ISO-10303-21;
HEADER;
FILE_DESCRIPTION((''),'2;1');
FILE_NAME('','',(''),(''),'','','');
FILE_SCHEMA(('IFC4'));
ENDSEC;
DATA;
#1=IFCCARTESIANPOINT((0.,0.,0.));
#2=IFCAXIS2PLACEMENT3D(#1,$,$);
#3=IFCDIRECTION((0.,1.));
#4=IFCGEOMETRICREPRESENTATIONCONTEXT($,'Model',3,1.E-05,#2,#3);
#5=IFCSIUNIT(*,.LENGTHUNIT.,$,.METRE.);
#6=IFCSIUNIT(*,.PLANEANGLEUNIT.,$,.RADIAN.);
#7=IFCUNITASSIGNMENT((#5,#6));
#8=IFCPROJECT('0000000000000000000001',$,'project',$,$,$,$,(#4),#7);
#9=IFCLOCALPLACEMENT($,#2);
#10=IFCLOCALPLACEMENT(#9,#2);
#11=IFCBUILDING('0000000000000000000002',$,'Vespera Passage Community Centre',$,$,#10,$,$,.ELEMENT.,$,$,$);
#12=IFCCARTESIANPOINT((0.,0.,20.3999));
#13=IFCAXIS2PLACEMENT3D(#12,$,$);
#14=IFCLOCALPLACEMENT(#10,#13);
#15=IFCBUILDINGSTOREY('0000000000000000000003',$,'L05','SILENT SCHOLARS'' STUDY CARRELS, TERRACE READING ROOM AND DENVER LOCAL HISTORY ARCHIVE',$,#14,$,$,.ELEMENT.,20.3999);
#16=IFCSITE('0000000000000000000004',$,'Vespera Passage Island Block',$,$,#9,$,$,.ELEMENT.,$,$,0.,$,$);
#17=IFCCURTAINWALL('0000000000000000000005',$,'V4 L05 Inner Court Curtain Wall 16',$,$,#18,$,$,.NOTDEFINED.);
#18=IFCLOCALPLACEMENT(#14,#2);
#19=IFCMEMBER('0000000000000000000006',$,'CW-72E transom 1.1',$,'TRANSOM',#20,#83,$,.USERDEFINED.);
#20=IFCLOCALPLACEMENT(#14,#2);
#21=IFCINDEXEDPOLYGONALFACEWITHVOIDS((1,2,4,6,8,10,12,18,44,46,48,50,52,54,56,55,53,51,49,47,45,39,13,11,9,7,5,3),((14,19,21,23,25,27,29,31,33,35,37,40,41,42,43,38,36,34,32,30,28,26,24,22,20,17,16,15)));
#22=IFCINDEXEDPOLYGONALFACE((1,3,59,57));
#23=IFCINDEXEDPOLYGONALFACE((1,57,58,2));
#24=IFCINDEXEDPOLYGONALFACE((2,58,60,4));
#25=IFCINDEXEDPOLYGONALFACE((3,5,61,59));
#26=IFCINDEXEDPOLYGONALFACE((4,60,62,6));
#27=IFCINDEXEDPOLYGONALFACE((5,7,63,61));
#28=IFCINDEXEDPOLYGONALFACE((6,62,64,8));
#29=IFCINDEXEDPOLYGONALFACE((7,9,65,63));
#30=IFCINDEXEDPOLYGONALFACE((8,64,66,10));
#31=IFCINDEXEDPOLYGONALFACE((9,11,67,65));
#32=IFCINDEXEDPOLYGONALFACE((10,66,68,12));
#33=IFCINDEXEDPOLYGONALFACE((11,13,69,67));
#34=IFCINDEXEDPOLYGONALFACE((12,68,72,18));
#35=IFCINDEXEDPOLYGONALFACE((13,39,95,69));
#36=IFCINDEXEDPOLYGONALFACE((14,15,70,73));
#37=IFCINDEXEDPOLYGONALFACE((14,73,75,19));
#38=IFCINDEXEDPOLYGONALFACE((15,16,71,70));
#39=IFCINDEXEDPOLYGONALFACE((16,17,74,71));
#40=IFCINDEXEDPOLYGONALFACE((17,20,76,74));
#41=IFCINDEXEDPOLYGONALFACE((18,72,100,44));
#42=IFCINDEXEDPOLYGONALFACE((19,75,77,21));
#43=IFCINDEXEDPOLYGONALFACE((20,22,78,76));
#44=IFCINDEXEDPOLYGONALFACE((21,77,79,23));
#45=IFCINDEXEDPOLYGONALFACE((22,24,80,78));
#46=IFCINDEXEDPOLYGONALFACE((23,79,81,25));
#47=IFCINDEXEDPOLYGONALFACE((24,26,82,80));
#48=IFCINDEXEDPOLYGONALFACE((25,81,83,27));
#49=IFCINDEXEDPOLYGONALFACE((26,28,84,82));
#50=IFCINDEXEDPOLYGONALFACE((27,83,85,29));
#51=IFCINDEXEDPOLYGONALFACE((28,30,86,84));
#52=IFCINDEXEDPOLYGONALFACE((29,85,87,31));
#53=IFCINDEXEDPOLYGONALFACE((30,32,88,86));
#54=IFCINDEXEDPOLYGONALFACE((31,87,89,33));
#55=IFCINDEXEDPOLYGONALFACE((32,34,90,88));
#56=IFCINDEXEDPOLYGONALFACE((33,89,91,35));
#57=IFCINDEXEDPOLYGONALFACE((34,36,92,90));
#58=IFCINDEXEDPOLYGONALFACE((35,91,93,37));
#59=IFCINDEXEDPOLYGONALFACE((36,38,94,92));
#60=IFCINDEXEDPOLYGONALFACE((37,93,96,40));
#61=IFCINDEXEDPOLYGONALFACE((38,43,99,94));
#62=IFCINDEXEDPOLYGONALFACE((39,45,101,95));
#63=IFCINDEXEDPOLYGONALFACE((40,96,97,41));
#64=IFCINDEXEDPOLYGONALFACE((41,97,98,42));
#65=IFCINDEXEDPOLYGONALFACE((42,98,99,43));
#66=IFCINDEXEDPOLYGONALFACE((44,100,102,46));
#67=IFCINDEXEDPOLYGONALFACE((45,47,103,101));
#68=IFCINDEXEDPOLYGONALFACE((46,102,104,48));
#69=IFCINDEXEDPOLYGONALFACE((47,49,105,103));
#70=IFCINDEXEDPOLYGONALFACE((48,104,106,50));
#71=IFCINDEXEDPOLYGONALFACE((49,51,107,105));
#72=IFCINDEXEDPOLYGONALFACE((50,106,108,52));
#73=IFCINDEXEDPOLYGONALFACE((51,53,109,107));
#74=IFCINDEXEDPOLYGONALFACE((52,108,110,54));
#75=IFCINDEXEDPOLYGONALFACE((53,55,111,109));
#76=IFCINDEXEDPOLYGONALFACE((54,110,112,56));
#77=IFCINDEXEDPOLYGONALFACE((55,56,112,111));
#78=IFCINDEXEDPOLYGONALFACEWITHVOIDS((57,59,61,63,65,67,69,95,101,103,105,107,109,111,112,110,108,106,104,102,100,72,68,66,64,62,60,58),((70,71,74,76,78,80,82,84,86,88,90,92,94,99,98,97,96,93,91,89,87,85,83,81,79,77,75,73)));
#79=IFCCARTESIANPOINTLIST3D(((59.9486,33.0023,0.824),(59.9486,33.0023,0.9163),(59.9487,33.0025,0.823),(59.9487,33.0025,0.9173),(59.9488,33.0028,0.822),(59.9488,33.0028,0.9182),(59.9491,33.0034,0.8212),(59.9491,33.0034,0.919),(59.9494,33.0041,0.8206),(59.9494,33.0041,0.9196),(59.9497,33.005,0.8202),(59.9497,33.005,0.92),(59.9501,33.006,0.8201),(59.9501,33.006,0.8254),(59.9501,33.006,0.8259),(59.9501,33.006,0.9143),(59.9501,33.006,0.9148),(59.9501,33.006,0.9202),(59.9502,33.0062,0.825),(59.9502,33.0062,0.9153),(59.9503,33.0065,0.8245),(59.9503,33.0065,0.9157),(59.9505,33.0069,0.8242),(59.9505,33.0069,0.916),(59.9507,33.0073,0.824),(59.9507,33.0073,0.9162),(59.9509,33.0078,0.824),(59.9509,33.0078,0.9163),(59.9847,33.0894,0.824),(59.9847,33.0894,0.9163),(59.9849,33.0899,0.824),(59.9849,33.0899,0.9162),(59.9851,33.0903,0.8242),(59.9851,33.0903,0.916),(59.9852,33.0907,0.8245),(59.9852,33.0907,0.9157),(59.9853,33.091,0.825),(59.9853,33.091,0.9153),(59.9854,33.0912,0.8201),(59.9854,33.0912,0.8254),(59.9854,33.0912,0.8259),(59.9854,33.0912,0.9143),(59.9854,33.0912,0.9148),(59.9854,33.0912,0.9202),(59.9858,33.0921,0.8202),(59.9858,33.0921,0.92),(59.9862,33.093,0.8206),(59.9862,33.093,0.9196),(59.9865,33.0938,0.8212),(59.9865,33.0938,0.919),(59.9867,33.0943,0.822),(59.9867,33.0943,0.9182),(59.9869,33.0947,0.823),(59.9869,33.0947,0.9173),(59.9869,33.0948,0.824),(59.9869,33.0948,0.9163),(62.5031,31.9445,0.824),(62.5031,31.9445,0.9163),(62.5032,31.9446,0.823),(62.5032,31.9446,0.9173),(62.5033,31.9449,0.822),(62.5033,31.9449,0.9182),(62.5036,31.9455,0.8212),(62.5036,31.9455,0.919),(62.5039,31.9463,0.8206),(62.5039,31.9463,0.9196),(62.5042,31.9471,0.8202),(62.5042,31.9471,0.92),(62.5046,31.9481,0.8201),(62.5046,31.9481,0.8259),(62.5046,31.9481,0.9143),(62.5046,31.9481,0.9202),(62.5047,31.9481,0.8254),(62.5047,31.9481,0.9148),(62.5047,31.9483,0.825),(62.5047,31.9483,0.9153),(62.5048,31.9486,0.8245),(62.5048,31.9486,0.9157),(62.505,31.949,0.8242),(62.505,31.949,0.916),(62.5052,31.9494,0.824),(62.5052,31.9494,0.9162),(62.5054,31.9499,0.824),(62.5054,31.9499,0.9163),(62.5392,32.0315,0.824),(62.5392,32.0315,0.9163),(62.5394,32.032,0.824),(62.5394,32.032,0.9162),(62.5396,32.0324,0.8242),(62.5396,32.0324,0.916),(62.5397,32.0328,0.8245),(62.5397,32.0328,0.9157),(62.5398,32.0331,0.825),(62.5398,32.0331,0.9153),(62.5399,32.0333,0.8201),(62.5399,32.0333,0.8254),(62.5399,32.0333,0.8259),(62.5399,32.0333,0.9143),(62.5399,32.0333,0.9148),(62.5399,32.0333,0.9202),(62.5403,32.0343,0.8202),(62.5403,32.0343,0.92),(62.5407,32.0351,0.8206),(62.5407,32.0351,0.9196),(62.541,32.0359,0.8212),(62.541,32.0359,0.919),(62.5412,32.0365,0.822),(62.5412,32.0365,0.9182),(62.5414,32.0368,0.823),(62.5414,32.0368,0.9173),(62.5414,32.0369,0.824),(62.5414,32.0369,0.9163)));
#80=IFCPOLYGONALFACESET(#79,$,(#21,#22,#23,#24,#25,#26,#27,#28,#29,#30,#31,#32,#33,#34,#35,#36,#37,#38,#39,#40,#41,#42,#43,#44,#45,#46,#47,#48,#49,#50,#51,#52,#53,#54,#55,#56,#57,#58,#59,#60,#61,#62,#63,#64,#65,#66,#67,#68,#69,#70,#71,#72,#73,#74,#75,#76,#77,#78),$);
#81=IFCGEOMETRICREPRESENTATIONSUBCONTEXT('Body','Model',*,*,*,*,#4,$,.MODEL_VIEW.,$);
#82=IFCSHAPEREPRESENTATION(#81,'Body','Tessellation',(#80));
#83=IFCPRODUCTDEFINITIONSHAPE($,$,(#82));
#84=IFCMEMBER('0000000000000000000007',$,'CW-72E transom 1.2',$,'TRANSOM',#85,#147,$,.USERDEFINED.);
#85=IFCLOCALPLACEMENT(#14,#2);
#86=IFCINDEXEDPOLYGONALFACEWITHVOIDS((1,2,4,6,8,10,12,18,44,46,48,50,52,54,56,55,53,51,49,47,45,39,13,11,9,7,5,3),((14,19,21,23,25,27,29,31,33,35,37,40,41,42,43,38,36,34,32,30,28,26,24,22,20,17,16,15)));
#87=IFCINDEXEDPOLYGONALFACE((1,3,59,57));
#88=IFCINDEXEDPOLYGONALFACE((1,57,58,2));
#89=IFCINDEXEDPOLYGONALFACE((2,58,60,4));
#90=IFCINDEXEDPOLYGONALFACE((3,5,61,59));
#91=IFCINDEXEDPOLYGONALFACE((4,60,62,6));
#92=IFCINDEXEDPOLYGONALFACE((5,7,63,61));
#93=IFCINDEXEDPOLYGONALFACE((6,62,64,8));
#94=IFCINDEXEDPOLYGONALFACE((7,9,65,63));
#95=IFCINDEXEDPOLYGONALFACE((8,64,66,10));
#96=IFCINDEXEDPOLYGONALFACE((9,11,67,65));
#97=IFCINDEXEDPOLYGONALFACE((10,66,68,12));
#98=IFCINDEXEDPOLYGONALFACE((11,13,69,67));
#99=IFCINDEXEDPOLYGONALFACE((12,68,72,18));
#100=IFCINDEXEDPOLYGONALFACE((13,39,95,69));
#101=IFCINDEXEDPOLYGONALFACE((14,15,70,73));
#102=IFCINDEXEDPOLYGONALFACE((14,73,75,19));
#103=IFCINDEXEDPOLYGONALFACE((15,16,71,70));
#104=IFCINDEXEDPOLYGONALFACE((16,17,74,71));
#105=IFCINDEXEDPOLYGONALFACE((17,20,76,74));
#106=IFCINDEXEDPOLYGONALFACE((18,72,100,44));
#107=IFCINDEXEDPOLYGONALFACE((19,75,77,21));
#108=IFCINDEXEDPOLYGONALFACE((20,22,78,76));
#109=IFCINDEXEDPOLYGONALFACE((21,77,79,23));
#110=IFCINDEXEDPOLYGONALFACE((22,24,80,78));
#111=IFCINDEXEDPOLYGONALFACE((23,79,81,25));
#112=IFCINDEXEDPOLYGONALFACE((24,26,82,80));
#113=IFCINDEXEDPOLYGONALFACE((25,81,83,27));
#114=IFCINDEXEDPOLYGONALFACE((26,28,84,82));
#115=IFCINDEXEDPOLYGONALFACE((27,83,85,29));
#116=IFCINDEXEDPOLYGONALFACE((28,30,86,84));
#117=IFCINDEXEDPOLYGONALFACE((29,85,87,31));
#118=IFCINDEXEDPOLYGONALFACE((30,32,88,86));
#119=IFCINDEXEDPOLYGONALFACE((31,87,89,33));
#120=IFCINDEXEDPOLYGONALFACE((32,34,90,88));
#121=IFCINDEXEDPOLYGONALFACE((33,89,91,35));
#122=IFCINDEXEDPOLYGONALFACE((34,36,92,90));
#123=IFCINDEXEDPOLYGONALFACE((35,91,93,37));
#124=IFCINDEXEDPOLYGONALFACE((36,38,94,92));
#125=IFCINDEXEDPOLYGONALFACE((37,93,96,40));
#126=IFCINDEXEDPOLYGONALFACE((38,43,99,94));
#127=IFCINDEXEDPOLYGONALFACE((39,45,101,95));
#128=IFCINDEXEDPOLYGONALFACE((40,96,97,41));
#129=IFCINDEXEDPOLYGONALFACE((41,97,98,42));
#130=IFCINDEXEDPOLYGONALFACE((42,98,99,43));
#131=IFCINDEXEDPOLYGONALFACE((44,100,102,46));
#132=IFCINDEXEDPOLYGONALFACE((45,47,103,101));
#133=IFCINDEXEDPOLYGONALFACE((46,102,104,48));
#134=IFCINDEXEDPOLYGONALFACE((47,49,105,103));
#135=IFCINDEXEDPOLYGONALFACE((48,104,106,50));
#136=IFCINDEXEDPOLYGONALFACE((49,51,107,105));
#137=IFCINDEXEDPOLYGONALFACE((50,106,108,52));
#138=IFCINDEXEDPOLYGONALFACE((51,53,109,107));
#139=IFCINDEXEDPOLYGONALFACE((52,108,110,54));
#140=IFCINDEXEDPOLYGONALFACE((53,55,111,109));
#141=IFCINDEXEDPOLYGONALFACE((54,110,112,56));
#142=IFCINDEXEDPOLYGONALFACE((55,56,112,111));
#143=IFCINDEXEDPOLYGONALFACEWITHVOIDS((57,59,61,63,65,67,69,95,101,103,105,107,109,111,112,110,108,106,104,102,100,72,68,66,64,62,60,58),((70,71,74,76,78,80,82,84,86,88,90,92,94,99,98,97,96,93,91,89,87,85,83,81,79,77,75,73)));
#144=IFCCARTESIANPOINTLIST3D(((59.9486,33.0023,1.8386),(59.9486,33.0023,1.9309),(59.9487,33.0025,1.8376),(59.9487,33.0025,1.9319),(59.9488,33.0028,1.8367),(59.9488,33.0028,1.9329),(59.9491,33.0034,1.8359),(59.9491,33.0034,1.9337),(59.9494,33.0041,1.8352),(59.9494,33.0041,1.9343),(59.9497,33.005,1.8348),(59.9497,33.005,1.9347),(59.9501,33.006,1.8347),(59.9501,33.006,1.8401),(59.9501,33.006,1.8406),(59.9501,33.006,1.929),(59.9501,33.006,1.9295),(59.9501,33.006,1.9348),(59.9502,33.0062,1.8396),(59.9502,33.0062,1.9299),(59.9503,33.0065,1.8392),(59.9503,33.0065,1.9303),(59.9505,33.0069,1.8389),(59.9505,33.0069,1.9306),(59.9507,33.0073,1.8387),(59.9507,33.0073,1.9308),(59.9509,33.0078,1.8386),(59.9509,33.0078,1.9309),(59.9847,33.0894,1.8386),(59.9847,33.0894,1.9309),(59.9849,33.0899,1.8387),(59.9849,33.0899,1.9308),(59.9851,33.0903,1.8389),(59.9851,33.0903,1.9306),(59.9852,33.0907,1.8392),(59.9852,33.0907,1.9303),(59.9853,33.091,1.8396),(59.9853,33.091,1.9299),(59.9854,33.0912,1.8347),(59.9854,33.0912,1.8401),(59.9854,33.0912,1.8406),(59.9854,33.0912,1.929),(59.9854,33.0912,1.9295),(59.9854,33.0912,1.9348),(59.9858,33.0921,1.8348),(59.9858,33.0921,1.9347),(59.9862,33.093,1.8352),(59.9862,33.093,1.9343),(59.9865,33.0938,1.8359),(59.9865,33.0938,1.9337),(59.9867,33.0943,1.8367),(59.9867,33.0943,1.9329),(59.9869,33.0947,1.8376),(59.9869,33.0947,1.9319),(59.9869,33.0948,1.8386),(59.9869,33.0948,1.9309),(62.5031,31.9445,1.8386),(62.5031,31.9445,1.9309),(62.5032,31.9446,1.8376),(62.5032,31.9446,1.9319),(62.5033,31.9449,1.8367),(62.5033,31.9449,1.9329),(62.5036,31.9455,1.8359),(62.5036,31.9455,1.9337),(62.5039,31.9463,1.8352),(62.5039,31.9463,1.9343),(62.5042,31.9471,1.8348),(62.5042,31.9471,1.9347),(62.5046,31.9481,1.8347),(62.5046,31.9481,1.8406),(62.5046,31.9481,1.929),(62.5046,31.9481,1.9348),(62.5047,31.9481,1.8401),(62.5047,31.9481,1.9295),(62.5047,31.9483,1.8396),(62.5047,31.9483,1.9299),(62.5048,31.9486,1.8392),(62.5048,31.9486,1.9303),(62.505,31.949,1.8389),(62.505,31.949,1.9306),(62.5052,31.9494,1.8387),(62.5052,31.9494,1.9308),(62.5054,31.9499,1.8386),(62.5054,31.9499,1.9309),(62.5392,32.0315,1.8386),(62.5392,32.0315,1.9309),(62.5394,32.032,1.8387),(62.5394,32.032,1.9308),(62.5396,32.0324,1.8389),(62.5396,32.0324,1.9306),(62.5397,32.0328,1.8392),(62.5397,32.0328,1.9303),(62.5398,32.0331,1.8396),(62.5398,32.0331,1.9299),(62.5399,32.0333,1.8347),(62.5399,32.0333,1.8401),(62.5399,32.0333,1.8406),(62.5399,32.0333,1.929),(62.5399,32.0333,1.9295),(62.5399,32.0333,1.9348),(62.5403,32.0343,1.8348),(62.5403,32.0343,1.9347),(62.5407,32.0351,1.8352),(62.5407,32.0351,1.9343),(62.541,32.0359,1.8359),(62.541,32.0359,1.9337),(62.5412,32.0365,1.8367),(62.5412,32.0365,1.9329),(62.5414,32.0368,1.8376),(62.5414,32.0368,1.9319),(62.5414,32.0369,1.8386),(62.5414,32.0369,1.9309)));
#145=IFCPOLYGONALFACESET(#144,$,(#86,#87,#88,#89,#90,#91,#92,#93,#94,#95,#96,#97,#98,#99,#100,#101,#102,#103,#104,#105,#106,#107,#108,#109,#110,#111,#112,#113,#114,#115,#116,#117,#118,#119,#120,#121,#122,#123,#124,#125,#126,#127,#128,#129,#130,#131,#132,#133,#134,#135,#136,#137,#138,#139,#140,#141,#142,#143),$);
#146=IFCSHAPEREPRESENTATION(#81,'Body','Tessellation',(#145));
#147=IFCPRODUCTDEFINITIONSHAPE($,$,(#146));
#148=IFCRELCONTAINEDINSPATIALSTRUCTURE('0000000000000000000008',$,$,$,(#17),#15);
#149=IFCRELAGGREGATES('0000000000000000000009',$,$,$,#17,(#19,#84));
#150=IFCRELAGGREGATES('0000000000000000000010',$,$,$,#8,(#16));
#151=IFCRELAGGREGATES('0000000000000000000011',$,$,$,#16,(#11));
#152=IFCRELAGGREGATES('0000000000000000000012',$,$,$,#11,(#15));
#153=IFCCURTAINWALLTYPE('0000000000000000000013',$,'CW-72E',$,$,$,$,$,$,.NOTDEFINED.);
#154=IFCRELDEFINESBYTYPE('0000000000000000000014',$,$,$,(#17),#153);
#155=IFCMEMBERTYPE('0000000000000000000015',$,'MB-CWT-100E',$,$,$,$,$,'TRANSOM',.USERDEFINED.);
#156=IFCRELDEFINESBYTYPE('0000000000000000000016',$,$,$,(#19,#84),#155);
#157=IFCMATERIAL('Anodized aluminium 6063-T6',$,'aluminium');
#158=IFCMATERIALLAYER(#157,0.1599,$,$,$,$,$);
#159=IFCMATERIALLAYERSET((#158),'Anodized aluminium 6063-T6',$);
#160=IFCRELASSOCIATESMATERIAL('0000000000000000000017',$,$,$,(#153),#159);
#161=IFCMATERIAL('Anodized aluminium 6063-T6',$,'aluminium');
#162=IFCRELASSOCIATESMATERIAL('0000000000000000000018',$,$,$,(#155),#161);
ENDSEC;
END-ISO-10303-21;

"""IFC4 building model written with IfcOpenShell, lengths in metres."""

from ifc_helpers import new_model, si_unit, direction, frame, origin, origin_2d, place, context, subcontext, project, spatial, hollow_rectangle, extrude, material, layer, layer_set, material_profile, profile_set, type_object, element, aggregate, save


model = new_model("IFC4")

# Units and contexts
model_context = context("Model", 3, precision=1e-05, world=origin(), true_north=direction((0.0, 1.0)))
body_context = subcontext(model_context, "Body", "Model", "MODEL_VIEW")
ifc_project = project(units=[si_unit("LENGTHUNIT", "METRE"), si_unit("PLANEANGLEUNIT", "RADIAN")], contexts=[model_context])

# Site, building, storey
site_placement = place(None, origin())
site = spatial("IfcSite", under=ifc_project, at=site_placement, Name="Vespera Passage Island Block", CompositionType="ELEMENT", RefElevation=0.0)
building_placement = place(site_placement, origin())
building = spatial("IfcBuilding", under=site, at=building_placement, Name="Vespera Passage Community Centre", CompositionType="ELEMENT")
storey_placement = place(building_placement, frame((0.0, 0.0, 20.3999)))
storey = spatial("IfcBuildingStorey", under=building, at=storey_placement, Name="L05", Description="SILENT SCHOLARS' STUDY CARRELS, TERRACE READING ROOM AND DENVER LOCAL HISTORY ARCHIVE", CompositionType="ELEMENT", Elevation=20.3999)

# Curtain wall, members
ifc_material_1 = material(Name="Anodized aluminium 6063-T6", Category="aluminium")
ifc_layer_1 = layer(ifc_material_1, 0.1599)
ifc_layer_set_1 = layer_set([ifc_layer_1], Name="Anodized aluminium 6063-T6")
curtain_wall_type_1 = type_object("IfcCurtainWallType", Name="CW-72E", PredefinedType="NOTDEFINED", material=ifc_layer_set_1)
curtain_wall_1_placement = place(storey_placement, origin())
curtain_wall_1 = element("IfcCurtainWall", 1, at=curtain_wall_1_placement, inside=storey, type_object=curtain_wall_type_1, Name="V4 L05 Inner Court Curtain Wall 16", PredefinedType="NOTDEFINED")
ifc_material_2 = material(Name="Anodized aluminium 6063-T6", Category="aluminium")
ifc_material_profile_1 = material_profile(ifc_material_2, hollow_rectangle(XDim=0.1001, YDim=0.1001, WallThickness=0.0039, InnerFilletRadius=0.002, OuterFilletRadius=0.0039, at=origin_2d()), Name="ALU100X100X4")
ifc_profile_set_1 = profile_set([ifc_material_profile_1], Name="Anodized aluminium 6063-T6")
member_type_1 = type_object("IfcMemberType", Name="MB-CWT-100E", ElementType="TRANSOM", PredefinedType="USERDEFINED", material=ifc_profile_set_1)
member_1_placement = place(storey_placement, frame((59.9678, 33.0486, 0.8701), z_axis=(0.923908, -0.382614, 0.0), x_axis=(0.382614, 0.923908, 0.0)))
member_1 = element("IfcMember", 2, at=member_1_placement, type_object=member_type_1, Name="CW-72E transom 1.1", ObjectType="TRANSOM", PredefinedType="USERDEFINED", context=body_context, shape_type="SweptSolid", body=[
    extrude(hollow_rectangle(XDim=0.1001, YDim=0.1001, WallThickness=0.0039, InnerFilletRadius=0.002, OuterFilletRadius=0.0039, at=origin_2d()), origin(), (0.0, 0.0, 1.0), 2.7649),
])
member_2_placement = place(storey_placement, frame((59.9678, 33.0486, 1.8848), z_axis=(0.923908, -0.382614, 0.0), x_axis=(0.382614, 0.923908, 0.0)))
member_2 = element("IfcMember", 3, at=member_2_placement, type_object=member_type_1, Name="CW-72E transom 1.2", ObjectType="TRANSOM", PredefinedType="USERDEFINED", context=body_context, shape_type="SweptSolid", body=[
    extrude(hollow_rectangle(XDim=0.1001, YDim=0.1001, WallThickness=0.0039, InnerFilletRadius=0.002, OuterFilletRadius=0.0039, at=origin_2d()), origin(), (0.0, 0.0, 1.0), 2.7649),
])
aggregate(curtain_wall_1, [member_1, member_2])

save(model, "model.ifc")
